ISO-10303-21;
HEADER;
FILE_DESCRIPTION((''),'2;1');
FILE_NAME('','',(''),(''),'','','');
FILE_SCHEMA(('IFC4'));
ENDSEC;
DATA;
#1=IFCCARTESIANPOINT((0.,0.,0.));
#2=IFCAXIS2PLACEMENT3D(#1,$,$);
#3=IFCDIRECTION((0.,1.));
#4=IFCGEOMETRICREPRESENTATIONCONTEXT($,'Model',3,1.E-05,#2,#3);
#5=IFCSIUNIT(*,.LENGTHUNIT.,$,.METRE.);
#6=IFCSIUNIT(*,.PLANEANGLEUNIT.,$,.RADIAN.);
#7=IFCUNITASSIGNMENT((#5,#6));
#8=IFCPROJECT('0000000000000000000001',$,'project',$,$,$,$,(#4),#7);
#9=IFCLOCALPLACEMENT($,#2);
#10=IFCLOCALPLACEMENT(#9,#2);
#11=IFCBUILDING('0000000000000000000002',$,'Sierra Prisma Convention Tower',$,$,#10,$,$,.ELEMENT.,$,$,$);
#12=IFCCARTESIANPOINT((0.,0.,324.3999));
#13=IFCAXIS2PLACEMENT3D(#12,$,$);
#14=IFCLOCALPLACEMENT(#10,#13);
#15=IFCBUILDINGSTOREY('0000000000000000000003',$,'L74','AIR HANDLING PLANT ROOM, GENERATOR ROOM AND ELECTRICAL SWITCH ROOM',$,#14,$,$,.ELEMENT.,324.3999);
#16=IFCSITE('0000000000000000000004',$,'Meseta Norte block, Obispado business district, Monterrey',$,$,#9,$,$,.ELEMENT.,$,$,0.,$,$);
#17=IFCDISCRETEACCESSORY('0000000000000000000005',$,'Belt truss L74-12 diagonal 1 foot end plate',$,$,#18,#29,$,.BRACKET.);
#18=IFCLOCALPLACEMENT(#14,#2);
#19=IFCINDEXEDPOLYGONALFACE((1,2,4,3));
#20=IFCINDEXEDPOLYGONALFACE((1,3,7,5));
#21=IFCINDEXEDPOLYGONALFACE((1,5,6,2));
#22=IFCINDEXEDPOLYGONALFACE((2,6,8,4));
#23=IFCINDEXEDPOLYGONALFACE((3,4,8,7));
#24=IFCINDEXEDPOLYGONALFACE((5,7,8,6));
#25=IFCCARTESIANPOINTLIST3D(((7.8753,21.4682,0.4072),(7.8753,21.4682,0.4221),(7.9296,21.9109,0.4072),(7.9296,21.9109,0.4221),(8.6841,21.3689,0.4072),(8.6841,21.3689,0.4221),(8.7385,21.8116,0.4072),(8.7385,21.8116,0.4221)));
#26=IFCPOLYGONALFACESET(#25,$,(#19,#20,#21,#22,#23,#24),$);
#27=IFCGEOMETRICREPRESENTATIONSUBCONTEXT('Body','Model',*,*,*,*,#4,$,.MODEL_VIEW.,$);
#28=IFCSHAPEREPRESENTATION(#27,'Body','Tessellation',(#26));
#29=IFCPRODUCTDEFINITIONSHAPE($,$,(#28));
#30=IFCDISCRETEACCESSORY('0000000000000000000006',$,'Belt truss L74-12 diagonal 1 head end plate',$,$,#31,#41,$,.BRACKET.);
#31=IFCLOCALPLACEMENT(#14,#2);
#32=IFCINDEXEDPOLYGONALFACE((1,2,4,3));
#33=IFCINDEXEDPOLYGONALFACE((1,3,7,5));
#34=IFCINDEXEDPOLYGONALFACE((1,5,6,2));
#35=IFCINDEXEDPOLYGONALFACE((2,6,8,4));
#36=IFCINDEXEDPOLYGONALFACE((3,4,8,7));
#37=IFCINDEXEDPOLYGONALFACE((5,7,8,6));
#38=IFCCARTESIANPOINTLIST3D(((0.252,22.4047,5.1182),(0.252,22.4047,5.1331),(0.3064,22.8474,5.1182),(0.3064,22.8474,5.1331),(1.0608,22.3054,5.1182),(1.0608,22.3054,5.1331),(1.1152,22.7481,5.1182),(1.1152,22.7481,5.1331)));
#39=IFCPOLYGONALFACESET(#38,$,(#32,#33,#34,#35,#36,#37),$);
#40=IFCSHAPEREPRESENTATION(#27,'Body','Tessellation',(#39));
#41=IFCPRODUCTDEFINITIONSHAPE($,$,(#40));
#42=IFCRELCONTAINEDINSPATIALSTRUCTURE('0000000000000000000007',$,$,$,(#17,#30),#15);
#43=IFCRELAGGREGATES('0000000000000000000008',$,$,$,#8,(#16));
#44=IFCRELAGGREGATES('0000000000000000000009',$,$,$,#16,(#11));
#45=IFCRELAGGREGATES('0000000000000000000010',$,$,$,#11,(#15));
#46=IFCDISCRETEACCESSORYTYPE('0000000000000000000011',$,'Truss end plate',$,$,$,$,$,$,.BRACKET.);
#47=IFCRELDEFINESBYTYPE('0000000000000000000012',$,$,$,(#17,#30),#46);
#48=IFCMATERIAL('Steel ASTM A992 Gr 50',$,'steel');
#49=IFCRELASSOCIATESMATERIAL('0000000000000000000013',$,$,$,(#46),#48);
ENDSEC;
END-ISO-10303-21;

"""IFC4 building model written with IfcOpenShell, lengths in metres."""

from ifc_helpers import new_model, si_unit, direction, frame, origin, origin_2d, place, context, subcontext, project, spatial, rectangle, extrude, material, type_object, element, save


model = new_model("IFC4")

# Units and contexts
model_context = context("Model", 3, precision=1e-05, world=origin(), true_north=direction((0.0, 1.0)))
body_context = subcontext(model_context, "Body", "Model", "MODEL_VIEW")
ifc_project = project(units=[si_unit("LENGTHUNIT", "METRE"), si_unit("PLANEANGLEUNIT", "RADIAN")], contexts=[model_context])

# Site, building, storey
site_placement = place(None, origin())
site = spatial("IfcSite", under=ifc_project, at=site_placement, Name="Meseta Norte block, Obispado business district, Monterrey", CompositionType="ELEMENT", RefElevation=0.0)
building_placement = place(site_placement, origin())
building = spatial("IfcBuilding", under=site, at=building_placement, Name="Sierra Prisma Convention Tower", CompositionType="ELEMENT")
storey_placement = place(building_placement, frame((0.0, 0.0, 324.3999)))
storey = spatial("IfcBuildingStorey", under=building, at=storey_placement, Name="L74", Description="AIR HANDLING PLANT ROOM, GENERATOR ROOM AND ELECTRICAL SWITCH ROOM", CompositionType="ELEMENT", Elevation=324.3999)

# Discrete accessories
ifc_material_1 = material(Name="Steel ASTM A992 Gr 50", Category="steel")
discrete_accessory_type = type_object("IfcDiscreteAccessoryType", Name="Truss end plate", PredefinedType="BRACKET", material=ifc_material_1)
for number, where, z_axis, x_axis, name in (
    (1, (8.3069, 21.6399, 0.4072), (0.0, 0.0, 1.0), (-0.992541, 0.121907, 0.0), "Belt truss L74-12 diagonal 1 foot end plate"),
    (2, (0.6836, 22.5764, 5.1182), (0.0, 0.0, 1.0), (-0.992541, 0.121907, 0.0), "Belt truss L74-12 diagonal 1 head end plate"),
):
    element("IfcDiscreteAccessory", number, at=place(storey_placement, frame(where, z_axis=z_axis, x_axis=x_axis)), inside=storey, type_object=discrete_accessory_type, Name=name, PredefinedType="BRACKET", context=body_context, shape_type="SweptSolid", body=[
        extrude(rectangle(XDim=0.8149, YDim=0.446, at=origin_2d()), origin(), (0.0, 0.0, 1.0), 0.0149),
    ])

save(model, "model.ifc")
